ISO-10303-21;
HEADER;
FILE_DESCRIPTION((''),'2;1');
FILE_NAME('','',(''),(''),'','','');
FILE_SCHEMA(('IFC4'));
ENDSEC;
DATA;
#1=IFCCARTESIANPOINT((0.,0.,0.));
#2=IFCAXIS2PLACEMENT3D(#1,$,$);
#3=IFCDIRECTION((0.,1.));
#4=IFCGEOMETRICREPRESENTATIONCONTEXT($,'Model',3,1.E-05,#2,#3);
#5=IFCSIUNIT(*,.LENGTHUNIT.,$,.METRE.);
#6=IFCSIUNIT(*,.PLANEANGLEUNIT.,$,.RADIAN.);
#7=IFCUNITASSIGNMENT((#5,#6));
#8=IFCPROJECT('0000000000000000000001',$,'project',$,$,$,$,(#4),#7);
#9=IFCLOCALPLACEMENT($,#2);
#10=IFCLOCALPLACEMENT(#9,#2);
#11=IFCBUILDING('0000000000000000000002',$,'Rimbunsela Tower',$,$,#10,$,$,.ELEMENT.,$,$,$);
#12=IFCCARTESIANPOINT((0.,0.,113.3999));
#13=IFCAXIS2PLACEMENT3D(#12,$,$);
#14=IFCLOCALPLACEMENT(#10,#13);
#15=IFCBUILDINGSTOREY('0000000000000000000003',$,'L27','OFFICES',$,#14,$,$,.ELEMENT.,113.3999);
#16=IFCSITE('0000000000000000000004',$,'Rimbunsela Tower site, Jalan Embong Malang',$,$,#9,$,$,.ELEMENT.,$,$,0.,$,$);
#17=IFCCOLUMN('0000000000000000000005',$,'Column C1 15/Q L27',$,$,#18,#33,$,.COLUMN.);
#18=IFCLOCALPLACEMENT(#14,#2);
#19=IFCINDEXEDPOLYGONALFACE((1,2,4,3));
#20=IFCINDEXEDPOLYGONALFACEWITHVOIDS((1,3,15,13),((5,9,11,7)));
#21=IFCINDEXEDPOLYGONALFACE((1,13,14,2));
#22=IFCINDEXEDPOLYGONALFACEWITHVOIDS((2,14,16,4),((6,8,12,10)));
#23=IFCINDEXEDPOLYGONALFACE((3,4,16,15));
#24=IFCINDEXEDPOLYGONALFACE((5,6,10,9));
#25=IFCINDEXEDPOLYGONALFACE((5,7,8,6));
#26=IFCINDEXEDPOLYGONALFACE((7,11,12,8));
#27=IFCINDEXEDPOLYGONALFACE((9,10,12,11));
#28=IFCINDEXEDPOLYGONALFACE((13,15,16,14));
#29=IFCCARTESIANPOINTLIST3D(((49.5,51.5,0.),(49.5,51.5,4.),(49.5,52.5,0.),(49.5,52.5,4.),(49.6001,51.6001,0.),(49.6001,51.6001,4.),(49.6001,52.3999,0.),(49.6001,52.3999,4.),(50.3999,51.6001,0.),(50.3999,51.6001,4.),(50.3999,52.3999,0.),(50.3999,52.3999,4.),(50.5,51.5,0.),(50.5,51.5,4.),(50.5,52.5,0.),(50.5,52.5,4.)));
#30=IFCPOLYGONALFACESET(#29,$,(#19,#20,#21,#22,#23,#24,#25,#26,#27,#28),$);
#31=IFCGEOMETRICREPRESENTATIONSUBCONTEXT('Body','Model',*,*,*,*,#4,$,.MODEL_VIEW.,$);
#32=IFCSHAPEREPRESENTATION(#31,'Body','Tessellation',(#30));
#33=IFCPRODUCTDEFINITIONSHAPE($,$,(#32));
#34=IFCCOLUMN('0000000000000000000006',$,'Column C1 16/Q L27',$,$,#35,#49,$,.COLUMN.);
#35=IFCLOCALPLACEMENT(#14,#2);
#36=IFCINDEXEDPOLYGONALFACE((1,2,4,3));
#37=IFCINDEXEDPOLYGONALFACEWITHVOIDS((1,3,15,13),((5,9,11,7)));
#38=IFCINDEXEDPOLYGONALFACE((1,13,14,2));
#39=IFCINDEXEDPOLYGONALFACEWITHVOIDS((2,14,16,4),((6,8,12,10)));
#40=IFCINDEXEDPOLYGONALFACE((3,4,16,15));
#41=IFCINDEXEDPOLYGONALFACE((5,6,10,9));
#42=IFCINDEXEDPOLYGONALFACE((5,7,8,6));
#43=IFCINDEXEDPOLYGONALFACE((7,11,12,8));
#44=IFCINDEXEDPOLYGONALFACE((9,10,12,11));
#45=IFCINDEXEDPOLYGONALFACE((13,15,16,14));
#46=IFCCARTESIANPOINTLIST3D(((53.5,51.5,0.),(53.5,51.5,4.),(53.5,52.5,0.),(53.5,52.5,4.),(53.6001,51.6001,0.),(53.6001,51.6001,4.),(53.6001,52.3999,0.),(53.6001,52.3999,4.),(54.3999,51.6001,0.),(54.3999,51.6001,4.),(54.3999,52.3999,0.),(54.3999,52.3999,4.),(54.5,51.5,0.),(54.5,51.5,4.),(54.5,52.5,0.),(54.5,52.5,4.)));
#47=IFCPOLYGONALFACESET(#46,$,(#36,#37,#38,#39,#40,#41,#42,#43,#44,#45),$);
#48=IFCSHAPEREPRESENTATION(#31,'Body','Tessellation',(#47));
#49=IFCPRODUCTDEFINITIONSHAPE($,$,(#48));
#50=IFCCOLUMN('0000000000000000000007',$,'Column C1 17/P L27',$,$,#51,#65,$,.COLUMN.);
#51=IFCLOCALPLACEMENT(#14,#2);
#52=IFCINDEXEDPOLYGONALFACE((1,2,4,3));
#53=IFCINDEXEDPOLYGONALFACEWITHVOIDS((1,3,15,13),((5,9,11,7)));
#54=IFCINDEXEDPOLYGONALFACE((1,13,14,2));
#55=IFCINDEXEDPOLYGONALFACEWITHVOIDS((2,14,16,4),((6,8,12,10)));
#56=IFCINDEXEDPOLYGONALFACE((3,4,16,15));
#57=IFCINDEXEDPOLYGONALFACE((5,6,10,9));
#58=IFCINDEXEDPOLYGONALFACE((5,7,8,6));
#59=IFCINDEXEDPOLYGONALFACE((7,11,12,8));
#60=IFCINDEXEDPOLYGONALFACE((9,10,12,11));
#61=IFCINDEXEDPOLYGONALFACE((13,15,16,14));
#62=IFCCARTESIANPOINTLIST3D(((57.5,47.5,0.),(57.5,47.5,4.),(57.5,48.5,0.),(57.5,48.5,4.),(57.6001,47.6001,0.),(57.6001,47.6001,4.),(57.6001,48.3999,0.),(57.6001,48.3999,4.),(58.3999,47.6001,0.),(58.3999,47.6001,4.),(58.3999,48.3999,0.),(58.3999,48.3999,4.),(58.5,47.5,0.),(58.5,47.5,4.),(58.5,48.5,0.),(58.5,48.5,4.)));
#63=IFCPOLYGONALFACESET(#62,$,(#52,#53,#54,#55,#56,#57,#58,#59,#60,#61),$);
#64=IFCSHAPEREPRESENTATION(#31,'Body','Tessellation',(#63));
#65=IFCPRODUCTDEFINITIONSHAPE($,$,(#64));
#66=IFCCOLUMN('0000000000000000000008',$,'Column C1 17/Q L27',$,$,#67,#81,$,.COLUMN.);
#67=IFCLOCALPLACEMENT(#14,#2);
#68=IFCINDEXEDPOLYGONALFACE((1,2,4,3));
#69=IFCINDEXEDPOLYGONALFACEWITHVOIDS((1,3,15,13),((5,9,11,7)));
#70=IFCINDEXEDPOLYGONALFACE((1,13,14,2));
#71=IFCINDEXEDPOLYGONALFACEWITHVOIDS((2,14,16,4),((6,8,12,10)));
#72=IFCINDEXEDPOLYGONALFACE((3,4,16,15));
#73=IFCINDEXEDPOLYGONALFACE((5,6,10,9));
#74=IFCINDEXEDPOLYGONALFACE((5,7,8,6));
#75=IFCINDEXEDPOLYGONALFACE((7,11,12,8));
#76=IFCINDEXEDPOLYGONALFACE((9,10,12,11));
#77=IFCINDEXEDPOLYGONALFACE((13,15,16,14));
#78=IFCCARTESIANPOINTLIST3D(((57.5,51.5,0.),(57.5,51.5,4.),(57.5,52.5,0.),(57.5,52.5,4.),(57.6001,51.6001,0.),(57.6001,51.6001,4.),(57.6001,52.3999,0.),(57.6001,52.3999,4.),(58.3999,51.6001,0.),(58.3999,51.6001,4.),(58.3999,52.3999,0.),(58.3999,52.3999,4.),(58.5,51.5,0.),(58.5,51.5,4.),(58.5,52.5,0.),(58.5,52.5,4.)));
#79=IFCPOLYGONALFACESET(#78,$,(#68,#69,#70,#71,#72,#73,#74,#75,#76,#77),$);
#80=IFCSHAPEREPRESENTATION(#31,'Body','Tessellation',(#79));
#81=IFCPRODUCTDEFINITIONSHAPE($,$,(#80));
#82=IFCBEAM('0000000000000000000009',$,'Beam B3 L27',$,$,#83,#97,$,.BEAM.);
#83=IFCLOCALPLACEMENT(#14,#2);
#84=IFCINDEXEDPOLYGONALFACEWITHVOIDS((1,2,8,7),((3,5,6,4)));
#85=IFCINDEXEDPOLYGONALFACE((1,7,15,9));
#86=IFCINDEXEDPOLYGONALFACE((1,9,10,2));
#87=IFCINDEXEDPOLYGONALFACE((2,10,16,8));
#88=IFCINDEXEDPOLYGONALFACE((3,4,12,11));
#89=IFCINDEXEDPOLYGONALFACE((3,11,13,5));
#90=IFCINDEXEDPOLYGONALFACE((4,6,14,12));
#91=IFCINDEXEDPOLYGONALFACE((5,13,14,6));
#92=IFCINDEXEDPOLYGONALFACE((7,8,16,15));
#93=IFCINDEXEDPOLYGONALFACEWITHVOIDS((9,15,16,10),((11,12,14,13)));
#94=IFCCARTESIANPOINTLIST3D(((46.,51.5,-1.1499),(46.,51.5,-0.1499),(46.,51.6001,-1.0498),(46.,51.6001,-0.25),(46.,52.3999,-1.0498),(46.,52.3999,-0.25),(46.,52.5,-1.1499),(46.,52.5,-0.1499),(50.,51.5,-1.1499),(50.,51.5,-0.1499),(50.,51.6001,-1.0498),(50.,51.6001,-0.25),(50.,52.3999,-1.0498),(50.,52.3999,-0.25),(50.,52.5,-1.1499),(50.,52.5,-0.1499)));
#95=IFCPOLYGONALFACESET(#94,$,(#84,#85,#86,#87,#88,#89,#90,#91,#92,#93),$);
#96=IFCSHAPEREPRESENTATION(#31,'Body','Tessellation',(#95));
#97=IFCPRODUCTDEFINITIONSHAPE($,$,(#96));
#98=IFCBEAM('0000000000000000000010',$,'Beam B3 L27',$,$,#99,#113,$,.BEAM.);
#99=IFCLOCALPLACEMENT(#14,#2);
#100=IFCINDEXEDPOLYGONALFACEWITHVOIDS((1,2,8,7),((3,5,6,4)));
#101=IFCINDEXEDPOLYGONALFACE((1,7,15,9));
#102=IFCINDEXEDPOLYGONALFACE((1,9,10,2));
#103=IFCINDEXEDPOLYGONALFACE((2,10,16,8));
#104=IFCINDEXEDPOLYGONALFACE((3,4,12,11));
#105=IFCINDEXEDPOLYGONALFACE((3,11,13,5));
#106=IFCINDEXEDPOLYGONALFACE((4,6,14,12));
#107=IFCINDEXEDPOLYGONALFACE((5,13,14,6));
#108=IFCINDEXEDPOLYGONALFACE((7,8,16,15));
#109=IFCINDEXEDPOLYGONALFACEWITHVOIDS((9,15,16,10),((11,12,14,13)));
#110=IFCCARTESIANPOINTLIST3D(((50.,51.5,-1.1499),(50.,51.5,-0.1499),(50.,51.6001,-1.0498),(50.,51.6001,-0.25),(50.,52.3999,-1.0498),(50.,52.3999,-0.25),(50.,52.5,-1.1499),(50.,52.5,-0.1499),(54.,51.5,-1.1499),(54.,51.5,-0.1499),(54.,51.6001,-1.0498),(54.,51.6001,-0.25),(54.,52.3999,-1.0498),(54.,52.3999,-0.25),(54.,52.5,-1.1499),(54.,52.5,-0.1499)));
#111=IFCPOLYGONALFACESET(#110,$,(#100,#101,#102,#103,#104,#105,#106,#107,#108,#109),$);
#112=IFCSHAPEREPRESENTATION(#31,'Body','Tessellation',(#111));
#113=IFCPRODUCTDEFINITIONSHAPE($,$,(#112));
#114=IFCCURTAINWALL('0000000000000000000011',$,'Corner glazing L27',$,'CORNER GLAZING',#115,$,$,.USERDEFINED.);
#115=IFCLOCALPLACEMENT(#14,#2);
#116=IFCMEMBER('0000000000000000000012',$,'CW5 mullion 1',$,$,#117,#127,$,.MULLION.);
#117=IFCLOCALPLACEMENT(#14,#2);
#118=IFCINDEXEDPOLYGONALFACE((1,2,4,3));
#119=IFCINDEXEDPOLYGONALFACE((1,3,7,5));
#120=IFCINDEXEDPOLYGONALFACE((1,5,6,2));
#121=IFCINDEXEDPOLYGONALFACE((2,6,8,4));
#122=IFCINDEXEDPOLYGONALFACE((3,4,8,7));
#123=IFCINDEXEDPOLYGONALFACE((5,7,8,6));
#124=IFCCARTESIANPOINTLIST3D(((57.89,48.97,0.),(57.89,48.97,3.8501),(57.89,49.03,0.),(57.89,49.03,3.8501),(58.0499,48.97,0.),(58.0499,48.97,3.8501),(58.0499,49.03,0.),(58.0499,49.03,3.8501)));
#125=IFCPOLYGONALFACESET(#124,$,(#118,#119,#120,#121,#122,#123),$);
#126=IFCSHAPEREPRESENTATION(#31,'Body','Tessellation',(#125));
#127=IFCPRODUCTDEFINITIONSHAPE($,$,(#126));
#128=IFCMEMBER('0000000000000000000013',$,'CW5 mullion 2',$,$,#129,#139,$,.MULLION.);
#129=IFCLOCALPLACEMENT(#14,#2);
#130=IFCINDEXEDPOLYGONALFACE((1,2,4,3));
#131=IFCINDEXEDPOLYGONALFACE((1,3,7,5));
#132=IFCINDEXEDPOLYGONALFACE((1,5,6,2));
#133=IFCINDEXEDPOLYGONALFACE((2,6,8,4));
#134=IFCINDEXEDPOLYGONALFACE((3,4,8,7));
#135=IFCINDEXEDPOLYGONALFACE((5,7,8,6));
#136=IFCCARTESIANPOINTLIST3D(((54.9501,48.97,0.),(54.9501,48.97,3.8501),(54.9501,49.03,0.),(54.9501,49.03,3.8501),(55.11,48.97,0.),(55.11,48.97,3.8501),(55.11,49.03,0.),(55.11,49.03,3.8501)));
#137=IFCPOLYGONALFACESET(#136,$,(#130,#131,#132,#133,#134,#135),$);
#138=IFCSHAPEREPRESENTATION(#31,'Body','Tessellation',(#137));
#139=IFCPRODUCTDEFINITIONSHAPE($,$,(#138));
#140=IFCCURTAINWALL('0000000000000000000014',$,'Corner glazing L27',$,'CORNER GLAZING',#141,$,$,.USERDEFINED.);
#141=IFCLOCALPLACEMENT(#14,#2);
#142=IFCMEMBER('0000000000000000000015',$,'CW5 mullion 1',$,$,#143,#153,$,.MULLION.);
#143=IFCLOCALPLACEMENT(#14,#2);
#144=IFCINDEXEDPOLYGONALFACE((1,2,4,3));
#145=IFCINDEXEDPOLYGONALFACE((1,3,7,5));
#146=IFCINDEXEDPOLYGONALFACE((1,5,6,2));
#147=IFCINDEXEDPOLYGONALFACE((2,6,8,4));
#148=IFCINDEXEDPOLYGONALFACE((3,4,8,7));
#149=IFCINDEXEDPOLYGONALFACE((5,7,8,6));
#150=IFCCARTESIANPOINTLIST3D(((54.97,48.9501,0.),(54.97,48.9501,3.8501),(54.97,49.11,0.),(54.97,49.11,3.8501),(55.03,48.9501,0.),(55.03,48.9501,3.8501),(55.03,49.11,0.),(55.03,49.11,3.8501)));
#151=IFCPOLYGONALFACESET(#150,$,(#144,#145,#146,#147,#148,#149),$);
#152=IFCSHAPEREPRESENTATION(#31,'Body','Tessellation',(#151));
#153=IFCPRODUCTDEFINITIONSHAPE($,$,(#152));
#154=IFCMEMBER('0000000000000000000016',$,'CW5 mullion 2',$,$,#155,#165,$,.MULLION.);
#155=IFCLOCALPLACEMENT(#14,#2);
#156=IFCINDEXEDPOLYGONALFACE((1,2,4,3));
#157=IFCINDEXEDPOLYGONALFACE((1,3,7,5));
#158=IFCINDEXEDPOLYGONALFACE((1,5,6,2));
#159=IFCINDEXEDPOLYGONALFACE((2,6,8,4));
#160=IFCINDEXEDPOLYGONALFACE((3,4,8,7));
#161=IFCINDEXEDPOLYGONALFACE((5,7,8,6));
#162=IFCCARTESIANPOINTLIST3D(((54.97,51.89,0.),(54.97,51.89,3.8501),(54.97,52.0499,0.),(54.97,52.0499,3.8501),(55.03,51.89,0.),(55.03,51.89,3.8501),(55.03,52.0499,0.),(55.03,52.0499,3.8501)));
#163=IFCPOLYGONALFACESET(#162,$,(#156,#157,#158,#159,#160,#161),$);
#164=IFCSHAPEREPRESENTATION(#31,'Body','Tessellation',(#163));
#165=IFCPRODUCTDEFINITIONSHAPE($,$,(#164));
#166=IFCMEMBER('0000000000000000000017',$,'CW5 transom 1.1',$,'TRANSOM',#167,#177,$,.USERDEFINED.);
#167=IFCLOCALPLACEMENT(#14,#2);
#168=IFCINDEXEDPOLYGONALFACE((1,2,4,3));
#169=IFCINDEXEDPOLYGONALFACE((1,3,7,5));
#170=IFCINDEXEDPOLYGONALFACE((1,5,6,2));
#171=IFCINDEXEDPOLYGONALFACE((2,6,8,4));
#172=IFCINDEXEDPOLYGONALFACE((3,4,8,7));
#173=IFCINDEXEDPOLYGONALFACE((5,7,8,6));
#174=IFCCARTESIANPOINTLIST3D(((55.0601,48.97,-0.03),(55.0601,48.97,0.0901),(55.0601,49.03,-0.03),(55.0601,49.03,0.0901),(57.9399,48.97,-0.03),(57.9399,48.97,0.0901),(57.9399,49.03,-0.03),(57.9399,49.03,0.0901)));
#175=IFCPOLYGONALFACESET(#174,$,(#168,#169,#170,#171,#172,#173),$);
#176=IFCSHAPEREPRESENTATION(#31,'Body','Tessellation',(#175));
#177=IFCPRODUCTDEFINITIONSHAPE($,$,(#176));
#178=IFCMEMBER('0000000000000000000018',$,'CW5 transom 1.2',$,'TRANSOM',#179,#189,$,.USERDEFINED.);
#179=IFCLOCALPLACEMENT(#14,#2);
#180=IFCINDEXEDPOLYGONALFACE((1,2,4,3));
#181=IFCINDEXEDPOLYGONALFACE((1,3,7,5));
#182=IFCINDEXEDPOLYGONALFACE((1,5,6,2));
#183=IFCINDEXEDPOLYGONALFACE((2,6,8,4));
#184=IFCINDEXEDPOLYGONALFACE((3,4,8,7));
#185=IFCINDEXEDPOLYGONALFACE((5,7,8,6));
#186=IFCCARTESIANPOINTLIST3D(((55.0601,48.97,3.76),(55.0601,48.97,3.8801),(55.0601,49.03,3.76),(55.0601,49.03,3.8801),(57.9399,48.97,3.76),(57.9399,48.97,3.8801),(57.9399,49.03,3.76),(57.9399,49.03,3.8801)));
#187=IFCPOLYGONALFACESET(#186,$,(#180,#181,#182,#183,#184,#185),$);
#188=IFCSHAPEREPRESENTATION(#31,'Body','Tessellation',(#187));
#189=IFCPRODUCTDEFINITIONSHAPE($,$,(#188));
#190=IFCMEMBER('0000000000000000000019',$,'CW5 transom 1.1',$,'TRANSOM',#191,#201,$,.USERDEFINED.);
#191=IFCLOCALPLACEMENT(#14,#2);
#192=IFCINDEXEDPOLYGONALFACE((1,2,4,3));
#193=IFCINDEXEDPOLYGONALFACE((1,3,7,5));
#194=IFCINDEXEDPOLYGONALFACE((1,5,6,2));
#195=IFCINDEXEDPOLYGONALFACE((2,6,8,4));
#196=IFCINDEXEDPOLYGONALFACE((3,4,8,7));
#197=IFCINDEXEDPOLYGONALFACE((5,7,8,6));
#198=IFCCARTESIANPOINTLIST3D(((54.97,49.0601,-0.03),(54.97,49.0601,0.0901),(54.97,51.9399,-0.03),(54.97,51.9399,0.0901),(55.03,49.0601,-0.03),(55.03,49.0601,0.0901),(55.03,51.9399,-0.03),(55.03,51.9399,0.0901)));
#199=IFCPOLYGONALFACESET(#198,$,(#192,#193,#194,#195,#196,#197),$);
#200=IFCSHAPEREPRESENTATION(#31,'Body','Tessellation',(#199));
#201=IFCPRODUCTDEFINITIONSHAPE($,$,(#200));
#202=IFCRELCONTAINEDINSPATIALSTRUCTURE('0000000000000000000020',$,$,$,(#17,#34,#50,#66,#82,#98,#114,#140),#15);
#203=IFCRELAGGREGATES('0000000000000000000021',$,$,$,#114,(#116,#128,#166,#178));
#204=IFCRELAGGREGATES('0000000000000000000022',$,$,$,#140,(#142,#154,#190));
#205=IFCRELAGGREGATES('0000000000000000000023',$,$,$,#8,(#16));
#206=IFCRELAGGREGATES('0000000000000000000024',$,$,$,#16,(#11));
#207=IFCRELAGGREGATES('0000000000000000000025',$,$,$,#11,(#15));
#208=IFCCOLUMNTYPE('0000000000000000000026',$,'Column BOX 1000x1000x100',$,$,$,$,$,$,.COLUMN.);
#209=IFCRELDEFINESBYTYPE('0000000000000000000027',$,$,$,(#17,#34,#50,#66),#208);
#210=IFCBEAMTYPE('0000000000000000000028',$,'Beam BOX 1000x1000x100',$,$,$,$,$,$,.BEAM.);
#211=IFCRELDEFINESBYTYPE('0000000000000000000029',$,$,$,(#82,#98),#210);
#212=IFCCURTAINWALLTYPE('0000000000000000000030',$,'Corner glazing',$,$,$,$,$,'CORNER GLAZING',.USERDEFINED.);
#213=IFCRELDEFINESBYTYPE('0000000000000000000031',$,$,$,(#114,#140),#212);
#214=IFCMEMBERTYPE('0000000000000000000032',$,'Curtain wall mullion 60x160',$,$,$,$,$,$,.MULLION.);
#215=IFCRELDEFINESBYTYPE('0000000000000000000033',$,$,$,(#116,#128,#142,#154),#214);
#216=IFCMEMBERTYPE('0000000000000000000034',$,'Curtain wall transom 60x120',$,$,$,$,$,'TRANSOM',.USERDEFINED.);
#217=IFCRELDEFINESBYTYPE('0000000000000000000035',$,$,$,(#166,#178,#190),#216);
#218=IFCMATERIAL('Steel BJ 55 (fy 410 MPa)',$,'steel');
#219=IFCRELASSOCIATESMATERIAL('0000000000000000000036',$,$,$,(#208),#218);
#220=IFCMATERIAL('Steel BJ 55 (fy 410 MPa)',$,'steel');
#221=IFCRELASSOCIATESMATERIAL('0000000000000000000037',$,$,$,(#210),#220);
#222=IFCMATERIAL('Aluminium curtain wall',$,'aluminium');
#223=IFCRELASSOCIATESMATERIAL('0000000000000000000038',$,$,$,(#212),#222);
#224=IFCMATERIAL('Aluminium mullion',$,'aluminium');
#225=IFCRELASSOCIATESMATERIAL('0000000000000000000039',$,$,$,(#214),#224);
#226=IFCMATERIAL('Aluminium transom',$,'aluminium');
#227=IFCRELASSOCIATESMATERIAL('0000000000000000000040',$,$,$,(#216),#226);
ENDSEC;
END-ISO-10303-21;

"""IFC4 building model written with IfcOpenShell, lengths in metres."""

from ifc_helpers import new_model, si_unit, direction, frame, origin, origin_2d, place, context, subcontext, project, spatial, rectangle, hollow_rectangle, extrude, material, material_profile, profile_set, type_object, element, aggregate, save


model = new_model("IFC4")

# Units and contexts
model_context = context("Model", 3, precision=1e-05, world=origin(), true_north=direction((0.0, 1.0)))
body_context = subcontext(model_context, "Body", "Model", "MODEL_VIEW")
ifc_project = project(units=[si_unit("LENGTHUNIT", "METRE"), si_unit("PLANEANGLEUNIT", "RADIAN")], contexts=[model_context])

# Site, building, storey
site_placement = place(None, origin())
site = spatial("IfcSite", under=ifc_project, at=site_placement, Name="Rimbunsela Tower site, Jalan Embong Malang", CompositionType="ELEMENT", RefElevation=0.0)
building_placement = place(site_placement, origin())
building = spatial("IfcBuilding", under=site, at=building_placement, Name="Rimbunsela Tower", CompositionType="ELEMENT")
storey_placement = place(building_placement, frame((0.0, 0.0, 113.3999)))
storey = spatial("IfcBuildingStorey", under=building, at=storey_placement, Name="L27", Description="OFFICES", CompositionType="ELEMENT", Elevation=113.3999)

# Columns
ifc_material_1 = material(Name="Steel BJ 55 (fy 410 MPa)", Category="steel")
ifc_material_profile_1 = material_profile(ifc_material_1, hollow_rectangle(XDim=1.0, YDim=1.0, WallThickness=0.1001, at=origin_2d()), Name="BOX 1000x1000x100")
ifc_profile_set_1 = profile_set([ifc_material_profile_1], Name="Steel BJ 55 (fy 410 MPa)")
column_type = type_object("IfcColumnType", Name="Column BOX 1000x1000x100", PredefinedType="COLUMN", material=ifc_profile_set_1)
for number, where, z_axis, x_axis, name in (
    (1, (50.0, 52.0, 0.0), (0.0, 0.0, 1.0), (1.0, 0.0, 0.0), "Column C1 15/Q L27"),
    (2, (54.0, 52.0, 0.0), (0.0, 0.0, 1.0), (1.0, 0.0, 0.0), "Column C1 16/Q L27"),
    (3, (58.0, 48.0, 0.0), (0.0, 0.0, 1.0), (1.0, 0.0, 0.0), "Column C1 17/P L27"),
    (4, (58.0, 52.0, 0.0), (0.0, 0.0, 1.0), (1.0, 0.0, 0.0), "Column C1 17/Q L27"),
):
    element("IfcColumn", number, at=place(storey_placement, frame(where, z_axis=z_axis, x_axis=x_axis)), inside=storey, type_object=column_type, Name=name, PredefinedType="COLUMN", context=body_context, shape_type="SweptSolid", body=[
        extrude(hollow_rectangle(XDim=1.0, YDim=1.0, WallThickness=0.1001, at=origin_2d()), origin(), (0.0, 0.0, 1.0), 4.0),
    ])

# Beams
ifc_material_2 = material(Name="Steel BJ 55 (fy 410 MPa)", Category="steel")
ifc_material_profile_2 = material_profile(ifc_material_2, hollow_rectangle(XDim=1.0, YDim=1.0, WallThickness=0.1001, at=origin_2d()), Name="BOX 1000x1000x100")
ifc_profile_set_2 = profile_set([ifc_material_profile_2], Name="Steel BJ 55 (fy 410 MPa)")
beam_type = type_object("IfcBeamType", Name="Beam BOX 1000x1000x100", PredefinedType="BEAM", material=ifc_profile_set_2)
for number, where, z_axis, x_axis, name in (
    (5, (46.0, 52.0, -0.6499), (1.0, 0.0, 0.0), (0.0, 1.0, 0.0), "Beam B3 L27"),
    (6, (50.0, 52.0, -0.6499), (1.0, 0.0, 0.0), (0.0, 1.0, 0.0), "Beam B3 L27"),
):
    element("IfcBeam", number, at=place(storey_placement, frame(where, z_axis=z_axis, x_axis=x_axis)), inside=storey, type_object=beam_type, Name=name, PredefinedType="BEAM", context=body_context, shape_type="SweptSolid", body=[
        extrude(hollow_rectangle(XDim=1.0, YDim=1.0, WallThickness=0.1001, at=origin_2d()), origin(), (0.0, 0.0, 1.0), 4.0),
    ])

# Curtain walls, members
ifc_material_3 = material(Name="Aluminium curtain wall", Category="aluminium")
curtain_wall_type = type_object("IfcCurtainWallType", Name="Corner glazing", ElementType="CORNER GLAZING", PredefinedType="USERDEFINED", material=ifc_material_3)
curtain_wall_1_placement = place(storey_placement, origin())
curtain_wall_1 = element("IfcCurtainWall", 7, at=curtain_wall_1_placement, inside=storey, type_object=curtain_wall_type, Name="Corner glazing L27", ObjectType="CORNER GLAZING", PredefinedType="USERDEFINED")
ifc_material_4 = material(Name="Aluminium mullion", Category="aluminium")
ifc_material_profile_3 = material_profile(ifc_material_4, rectangle(XDim=0.0601, YDim=0.1599, at=origin_2d()), Name="Mullion 60x160")
ifc_profile_set_3 = profile_set([ifc_material_profile_3], Name="Aluminium mullion")
member_type_1 = type_object("IfcMemberType", Name="Curtain wall mullion 60x160", PredefinedType="MULLION", material=ifc_profile_set_3)
member_1_placement = place(storey_placement, frame((57.97, 49.0, 0.0), z_axis=(0.0, 0.0, 1.0), x_axis=(0.0, -1.0, 0.0)))
member_1 = element("IfcMember", 8, at=member_1_placement, type_object=member_type_1, Name="CW5 mullion 1", PredefinedType="MULLION", context=body_context, shape_type="SweptSolid", body=[
    extrude(rectangle(XDim=0.0601, YDim=0.1599, at=origin_2d()), origin(), (0.0, 0.0, 1.0), 3.8501),
])
member_2_placement = place(storey_placement, frame((55.03, 49.0, 0.0), z_axis=(0.0, 0.0, 1.0), x_axis=(0.0, -1.0, 0.0)))
member_2 = element("IfcMember", 9, at=member_2_placement, type_object=member_type_1, Name="CW5 mullion 2", PredefinedType="MULLION", context=body_context, shape_type="SweptSolid", body=[
    extrude(rectangle(XDim=0.0601, YDim=0.1599, at=origin_2d()), origin(), (0.0, 0.0, 1.0), 3.8501),
])
curtain_wall_2_placement = place(storey_placement, origin())
curtain_wall_2 = element("IfcCurtainWall", 10, at=curtain_wall_2_placement, inside=storey, type_object=curtain_wall_type, Name="Corner glazing L27", ObjectType="CORNER GLAZING", PredefinedType="USERDEFINED")
member_3_placement = place(storey_placement, frame((55.0, 49.03, 0.0), z_axis=(0.0, 0.0, 1.0), x_axis=(-1.0, 0.0, 0.0)))
member_3 = element("IfcMember", 11, at=member_3_placement, type_object=member_type_1, Name="CW5 mullion 1", PredefinedType="MULLION", context=body_context, shape_type="SweptSolid", body=[
    extrude(rectangle(XDim=0.0601, YDim=0.1599, at=origin_2d()), origin(), (0.0, 0.0, 1.0), 3.8501),
])
member_4_placement = place(storey_placement, frame((55.0, 51.97, 0.0), z_axis=(0.0, 0.0, 1.0), x_axis=(-1.0, 0.0, 0.0)))
member_4 = element("IfcMember", 12, at=member_4_placement, type_object=member_type_1, Name="CW5 mullion 2", PredefinedType="MULLION", context=body_context, shape_type="SweptSolid", body=[
    extrude(rectangle(XDim=0.0601, YDim=0.1599, at=origin_2d()), origin(), (0.0, 0.0, 1.0), 3.8501),
])

# Members
ifc_material_5 = material(Name="Aluminium transom", Category="aluminium")
ifc_material_profile_4 = material_profile(ifc_material_5, rectangle(XDim=0.0601, YDim=0.1201, at=origin_2d()), Name="Transom 60x120")
ifc_profile_set_4 = profile_set([ifc_material_profile_4], Name="Aluminium transom")
member_type_2 = type_object("IfcMemberType", Name="Curtain wall transom 60x120", ElementType="TRANSOM", PredefinedType="USERDEFINED", material=ifc_profile_set_4)
member_5_placement = place(storey_placement, frame((57.9399, 49.0, 0.03), z_axis=(-1.0, 0.0, 0.0), x_axis=(0.0, -1.0, 0.0)))
member_5 = element("IfcMember", 13, at=member_5_placement, type_object=member_type_2, Name="CW5 transom 1.1", ObjectType="TRANSOM", PredefinedType="USERDEFINED", context=body_context, shape_type="SweptSolid", body=[
    extrude(rectangle(XDim=0.0601, YDim=0.1201, at=origin_2d()), origin(), (0.0, 0.0, 1.0), 2.8799),
])
member_6_placement = place(storey_placement, frame((57.9399, 49.0, 3.8201), z_axis=(-1.0, 0.0, 0.0), x_axis=(0.0, -1.0, 0.0)))
member_6 = element("IfcMember", 14, at=member_6_placement, type_object=member_type_2, Name="CW5 transom 1.2", ObjectType="TRANSOM", PredefinedType="USERDEFINED", context=body_context, shape_type="SweptSolid", body=[
    extrude(rectangle(XDim=0.0601, YDim=0.1201, at=origin_2d()), origin(), (0.0, 0.0, 1.0), 2.8799),
])
member_7_placement = place(storey_placement, frame((55.0, 49.0601, 0.03), z_axis=(0.0, 1.0, 0.0), x_axis=(-1.0, 0.0, 0.0)))
member_7 = element("IfcMember", 15, at=member_7_placement, type_object=member_type_2, Name="CW5 transom 1.1", ObjectType="TRANSOM", PredefinedType="USERDEFINED", context=body_context, shape_type="SweptSolid", body=[
    extrude(rectangle(XDim=0.0601, YDim=0.1201, at=origin_2d()), origin(), (0.0, 0.0, 1.0), 2.8799),
])

aggregate(curtain_wall_1, [member_1, member_2, member_5, member_6])
aggregate(curtain_wall_2, [member_3, member_4, member_7])

save(model, "model.ifc")
